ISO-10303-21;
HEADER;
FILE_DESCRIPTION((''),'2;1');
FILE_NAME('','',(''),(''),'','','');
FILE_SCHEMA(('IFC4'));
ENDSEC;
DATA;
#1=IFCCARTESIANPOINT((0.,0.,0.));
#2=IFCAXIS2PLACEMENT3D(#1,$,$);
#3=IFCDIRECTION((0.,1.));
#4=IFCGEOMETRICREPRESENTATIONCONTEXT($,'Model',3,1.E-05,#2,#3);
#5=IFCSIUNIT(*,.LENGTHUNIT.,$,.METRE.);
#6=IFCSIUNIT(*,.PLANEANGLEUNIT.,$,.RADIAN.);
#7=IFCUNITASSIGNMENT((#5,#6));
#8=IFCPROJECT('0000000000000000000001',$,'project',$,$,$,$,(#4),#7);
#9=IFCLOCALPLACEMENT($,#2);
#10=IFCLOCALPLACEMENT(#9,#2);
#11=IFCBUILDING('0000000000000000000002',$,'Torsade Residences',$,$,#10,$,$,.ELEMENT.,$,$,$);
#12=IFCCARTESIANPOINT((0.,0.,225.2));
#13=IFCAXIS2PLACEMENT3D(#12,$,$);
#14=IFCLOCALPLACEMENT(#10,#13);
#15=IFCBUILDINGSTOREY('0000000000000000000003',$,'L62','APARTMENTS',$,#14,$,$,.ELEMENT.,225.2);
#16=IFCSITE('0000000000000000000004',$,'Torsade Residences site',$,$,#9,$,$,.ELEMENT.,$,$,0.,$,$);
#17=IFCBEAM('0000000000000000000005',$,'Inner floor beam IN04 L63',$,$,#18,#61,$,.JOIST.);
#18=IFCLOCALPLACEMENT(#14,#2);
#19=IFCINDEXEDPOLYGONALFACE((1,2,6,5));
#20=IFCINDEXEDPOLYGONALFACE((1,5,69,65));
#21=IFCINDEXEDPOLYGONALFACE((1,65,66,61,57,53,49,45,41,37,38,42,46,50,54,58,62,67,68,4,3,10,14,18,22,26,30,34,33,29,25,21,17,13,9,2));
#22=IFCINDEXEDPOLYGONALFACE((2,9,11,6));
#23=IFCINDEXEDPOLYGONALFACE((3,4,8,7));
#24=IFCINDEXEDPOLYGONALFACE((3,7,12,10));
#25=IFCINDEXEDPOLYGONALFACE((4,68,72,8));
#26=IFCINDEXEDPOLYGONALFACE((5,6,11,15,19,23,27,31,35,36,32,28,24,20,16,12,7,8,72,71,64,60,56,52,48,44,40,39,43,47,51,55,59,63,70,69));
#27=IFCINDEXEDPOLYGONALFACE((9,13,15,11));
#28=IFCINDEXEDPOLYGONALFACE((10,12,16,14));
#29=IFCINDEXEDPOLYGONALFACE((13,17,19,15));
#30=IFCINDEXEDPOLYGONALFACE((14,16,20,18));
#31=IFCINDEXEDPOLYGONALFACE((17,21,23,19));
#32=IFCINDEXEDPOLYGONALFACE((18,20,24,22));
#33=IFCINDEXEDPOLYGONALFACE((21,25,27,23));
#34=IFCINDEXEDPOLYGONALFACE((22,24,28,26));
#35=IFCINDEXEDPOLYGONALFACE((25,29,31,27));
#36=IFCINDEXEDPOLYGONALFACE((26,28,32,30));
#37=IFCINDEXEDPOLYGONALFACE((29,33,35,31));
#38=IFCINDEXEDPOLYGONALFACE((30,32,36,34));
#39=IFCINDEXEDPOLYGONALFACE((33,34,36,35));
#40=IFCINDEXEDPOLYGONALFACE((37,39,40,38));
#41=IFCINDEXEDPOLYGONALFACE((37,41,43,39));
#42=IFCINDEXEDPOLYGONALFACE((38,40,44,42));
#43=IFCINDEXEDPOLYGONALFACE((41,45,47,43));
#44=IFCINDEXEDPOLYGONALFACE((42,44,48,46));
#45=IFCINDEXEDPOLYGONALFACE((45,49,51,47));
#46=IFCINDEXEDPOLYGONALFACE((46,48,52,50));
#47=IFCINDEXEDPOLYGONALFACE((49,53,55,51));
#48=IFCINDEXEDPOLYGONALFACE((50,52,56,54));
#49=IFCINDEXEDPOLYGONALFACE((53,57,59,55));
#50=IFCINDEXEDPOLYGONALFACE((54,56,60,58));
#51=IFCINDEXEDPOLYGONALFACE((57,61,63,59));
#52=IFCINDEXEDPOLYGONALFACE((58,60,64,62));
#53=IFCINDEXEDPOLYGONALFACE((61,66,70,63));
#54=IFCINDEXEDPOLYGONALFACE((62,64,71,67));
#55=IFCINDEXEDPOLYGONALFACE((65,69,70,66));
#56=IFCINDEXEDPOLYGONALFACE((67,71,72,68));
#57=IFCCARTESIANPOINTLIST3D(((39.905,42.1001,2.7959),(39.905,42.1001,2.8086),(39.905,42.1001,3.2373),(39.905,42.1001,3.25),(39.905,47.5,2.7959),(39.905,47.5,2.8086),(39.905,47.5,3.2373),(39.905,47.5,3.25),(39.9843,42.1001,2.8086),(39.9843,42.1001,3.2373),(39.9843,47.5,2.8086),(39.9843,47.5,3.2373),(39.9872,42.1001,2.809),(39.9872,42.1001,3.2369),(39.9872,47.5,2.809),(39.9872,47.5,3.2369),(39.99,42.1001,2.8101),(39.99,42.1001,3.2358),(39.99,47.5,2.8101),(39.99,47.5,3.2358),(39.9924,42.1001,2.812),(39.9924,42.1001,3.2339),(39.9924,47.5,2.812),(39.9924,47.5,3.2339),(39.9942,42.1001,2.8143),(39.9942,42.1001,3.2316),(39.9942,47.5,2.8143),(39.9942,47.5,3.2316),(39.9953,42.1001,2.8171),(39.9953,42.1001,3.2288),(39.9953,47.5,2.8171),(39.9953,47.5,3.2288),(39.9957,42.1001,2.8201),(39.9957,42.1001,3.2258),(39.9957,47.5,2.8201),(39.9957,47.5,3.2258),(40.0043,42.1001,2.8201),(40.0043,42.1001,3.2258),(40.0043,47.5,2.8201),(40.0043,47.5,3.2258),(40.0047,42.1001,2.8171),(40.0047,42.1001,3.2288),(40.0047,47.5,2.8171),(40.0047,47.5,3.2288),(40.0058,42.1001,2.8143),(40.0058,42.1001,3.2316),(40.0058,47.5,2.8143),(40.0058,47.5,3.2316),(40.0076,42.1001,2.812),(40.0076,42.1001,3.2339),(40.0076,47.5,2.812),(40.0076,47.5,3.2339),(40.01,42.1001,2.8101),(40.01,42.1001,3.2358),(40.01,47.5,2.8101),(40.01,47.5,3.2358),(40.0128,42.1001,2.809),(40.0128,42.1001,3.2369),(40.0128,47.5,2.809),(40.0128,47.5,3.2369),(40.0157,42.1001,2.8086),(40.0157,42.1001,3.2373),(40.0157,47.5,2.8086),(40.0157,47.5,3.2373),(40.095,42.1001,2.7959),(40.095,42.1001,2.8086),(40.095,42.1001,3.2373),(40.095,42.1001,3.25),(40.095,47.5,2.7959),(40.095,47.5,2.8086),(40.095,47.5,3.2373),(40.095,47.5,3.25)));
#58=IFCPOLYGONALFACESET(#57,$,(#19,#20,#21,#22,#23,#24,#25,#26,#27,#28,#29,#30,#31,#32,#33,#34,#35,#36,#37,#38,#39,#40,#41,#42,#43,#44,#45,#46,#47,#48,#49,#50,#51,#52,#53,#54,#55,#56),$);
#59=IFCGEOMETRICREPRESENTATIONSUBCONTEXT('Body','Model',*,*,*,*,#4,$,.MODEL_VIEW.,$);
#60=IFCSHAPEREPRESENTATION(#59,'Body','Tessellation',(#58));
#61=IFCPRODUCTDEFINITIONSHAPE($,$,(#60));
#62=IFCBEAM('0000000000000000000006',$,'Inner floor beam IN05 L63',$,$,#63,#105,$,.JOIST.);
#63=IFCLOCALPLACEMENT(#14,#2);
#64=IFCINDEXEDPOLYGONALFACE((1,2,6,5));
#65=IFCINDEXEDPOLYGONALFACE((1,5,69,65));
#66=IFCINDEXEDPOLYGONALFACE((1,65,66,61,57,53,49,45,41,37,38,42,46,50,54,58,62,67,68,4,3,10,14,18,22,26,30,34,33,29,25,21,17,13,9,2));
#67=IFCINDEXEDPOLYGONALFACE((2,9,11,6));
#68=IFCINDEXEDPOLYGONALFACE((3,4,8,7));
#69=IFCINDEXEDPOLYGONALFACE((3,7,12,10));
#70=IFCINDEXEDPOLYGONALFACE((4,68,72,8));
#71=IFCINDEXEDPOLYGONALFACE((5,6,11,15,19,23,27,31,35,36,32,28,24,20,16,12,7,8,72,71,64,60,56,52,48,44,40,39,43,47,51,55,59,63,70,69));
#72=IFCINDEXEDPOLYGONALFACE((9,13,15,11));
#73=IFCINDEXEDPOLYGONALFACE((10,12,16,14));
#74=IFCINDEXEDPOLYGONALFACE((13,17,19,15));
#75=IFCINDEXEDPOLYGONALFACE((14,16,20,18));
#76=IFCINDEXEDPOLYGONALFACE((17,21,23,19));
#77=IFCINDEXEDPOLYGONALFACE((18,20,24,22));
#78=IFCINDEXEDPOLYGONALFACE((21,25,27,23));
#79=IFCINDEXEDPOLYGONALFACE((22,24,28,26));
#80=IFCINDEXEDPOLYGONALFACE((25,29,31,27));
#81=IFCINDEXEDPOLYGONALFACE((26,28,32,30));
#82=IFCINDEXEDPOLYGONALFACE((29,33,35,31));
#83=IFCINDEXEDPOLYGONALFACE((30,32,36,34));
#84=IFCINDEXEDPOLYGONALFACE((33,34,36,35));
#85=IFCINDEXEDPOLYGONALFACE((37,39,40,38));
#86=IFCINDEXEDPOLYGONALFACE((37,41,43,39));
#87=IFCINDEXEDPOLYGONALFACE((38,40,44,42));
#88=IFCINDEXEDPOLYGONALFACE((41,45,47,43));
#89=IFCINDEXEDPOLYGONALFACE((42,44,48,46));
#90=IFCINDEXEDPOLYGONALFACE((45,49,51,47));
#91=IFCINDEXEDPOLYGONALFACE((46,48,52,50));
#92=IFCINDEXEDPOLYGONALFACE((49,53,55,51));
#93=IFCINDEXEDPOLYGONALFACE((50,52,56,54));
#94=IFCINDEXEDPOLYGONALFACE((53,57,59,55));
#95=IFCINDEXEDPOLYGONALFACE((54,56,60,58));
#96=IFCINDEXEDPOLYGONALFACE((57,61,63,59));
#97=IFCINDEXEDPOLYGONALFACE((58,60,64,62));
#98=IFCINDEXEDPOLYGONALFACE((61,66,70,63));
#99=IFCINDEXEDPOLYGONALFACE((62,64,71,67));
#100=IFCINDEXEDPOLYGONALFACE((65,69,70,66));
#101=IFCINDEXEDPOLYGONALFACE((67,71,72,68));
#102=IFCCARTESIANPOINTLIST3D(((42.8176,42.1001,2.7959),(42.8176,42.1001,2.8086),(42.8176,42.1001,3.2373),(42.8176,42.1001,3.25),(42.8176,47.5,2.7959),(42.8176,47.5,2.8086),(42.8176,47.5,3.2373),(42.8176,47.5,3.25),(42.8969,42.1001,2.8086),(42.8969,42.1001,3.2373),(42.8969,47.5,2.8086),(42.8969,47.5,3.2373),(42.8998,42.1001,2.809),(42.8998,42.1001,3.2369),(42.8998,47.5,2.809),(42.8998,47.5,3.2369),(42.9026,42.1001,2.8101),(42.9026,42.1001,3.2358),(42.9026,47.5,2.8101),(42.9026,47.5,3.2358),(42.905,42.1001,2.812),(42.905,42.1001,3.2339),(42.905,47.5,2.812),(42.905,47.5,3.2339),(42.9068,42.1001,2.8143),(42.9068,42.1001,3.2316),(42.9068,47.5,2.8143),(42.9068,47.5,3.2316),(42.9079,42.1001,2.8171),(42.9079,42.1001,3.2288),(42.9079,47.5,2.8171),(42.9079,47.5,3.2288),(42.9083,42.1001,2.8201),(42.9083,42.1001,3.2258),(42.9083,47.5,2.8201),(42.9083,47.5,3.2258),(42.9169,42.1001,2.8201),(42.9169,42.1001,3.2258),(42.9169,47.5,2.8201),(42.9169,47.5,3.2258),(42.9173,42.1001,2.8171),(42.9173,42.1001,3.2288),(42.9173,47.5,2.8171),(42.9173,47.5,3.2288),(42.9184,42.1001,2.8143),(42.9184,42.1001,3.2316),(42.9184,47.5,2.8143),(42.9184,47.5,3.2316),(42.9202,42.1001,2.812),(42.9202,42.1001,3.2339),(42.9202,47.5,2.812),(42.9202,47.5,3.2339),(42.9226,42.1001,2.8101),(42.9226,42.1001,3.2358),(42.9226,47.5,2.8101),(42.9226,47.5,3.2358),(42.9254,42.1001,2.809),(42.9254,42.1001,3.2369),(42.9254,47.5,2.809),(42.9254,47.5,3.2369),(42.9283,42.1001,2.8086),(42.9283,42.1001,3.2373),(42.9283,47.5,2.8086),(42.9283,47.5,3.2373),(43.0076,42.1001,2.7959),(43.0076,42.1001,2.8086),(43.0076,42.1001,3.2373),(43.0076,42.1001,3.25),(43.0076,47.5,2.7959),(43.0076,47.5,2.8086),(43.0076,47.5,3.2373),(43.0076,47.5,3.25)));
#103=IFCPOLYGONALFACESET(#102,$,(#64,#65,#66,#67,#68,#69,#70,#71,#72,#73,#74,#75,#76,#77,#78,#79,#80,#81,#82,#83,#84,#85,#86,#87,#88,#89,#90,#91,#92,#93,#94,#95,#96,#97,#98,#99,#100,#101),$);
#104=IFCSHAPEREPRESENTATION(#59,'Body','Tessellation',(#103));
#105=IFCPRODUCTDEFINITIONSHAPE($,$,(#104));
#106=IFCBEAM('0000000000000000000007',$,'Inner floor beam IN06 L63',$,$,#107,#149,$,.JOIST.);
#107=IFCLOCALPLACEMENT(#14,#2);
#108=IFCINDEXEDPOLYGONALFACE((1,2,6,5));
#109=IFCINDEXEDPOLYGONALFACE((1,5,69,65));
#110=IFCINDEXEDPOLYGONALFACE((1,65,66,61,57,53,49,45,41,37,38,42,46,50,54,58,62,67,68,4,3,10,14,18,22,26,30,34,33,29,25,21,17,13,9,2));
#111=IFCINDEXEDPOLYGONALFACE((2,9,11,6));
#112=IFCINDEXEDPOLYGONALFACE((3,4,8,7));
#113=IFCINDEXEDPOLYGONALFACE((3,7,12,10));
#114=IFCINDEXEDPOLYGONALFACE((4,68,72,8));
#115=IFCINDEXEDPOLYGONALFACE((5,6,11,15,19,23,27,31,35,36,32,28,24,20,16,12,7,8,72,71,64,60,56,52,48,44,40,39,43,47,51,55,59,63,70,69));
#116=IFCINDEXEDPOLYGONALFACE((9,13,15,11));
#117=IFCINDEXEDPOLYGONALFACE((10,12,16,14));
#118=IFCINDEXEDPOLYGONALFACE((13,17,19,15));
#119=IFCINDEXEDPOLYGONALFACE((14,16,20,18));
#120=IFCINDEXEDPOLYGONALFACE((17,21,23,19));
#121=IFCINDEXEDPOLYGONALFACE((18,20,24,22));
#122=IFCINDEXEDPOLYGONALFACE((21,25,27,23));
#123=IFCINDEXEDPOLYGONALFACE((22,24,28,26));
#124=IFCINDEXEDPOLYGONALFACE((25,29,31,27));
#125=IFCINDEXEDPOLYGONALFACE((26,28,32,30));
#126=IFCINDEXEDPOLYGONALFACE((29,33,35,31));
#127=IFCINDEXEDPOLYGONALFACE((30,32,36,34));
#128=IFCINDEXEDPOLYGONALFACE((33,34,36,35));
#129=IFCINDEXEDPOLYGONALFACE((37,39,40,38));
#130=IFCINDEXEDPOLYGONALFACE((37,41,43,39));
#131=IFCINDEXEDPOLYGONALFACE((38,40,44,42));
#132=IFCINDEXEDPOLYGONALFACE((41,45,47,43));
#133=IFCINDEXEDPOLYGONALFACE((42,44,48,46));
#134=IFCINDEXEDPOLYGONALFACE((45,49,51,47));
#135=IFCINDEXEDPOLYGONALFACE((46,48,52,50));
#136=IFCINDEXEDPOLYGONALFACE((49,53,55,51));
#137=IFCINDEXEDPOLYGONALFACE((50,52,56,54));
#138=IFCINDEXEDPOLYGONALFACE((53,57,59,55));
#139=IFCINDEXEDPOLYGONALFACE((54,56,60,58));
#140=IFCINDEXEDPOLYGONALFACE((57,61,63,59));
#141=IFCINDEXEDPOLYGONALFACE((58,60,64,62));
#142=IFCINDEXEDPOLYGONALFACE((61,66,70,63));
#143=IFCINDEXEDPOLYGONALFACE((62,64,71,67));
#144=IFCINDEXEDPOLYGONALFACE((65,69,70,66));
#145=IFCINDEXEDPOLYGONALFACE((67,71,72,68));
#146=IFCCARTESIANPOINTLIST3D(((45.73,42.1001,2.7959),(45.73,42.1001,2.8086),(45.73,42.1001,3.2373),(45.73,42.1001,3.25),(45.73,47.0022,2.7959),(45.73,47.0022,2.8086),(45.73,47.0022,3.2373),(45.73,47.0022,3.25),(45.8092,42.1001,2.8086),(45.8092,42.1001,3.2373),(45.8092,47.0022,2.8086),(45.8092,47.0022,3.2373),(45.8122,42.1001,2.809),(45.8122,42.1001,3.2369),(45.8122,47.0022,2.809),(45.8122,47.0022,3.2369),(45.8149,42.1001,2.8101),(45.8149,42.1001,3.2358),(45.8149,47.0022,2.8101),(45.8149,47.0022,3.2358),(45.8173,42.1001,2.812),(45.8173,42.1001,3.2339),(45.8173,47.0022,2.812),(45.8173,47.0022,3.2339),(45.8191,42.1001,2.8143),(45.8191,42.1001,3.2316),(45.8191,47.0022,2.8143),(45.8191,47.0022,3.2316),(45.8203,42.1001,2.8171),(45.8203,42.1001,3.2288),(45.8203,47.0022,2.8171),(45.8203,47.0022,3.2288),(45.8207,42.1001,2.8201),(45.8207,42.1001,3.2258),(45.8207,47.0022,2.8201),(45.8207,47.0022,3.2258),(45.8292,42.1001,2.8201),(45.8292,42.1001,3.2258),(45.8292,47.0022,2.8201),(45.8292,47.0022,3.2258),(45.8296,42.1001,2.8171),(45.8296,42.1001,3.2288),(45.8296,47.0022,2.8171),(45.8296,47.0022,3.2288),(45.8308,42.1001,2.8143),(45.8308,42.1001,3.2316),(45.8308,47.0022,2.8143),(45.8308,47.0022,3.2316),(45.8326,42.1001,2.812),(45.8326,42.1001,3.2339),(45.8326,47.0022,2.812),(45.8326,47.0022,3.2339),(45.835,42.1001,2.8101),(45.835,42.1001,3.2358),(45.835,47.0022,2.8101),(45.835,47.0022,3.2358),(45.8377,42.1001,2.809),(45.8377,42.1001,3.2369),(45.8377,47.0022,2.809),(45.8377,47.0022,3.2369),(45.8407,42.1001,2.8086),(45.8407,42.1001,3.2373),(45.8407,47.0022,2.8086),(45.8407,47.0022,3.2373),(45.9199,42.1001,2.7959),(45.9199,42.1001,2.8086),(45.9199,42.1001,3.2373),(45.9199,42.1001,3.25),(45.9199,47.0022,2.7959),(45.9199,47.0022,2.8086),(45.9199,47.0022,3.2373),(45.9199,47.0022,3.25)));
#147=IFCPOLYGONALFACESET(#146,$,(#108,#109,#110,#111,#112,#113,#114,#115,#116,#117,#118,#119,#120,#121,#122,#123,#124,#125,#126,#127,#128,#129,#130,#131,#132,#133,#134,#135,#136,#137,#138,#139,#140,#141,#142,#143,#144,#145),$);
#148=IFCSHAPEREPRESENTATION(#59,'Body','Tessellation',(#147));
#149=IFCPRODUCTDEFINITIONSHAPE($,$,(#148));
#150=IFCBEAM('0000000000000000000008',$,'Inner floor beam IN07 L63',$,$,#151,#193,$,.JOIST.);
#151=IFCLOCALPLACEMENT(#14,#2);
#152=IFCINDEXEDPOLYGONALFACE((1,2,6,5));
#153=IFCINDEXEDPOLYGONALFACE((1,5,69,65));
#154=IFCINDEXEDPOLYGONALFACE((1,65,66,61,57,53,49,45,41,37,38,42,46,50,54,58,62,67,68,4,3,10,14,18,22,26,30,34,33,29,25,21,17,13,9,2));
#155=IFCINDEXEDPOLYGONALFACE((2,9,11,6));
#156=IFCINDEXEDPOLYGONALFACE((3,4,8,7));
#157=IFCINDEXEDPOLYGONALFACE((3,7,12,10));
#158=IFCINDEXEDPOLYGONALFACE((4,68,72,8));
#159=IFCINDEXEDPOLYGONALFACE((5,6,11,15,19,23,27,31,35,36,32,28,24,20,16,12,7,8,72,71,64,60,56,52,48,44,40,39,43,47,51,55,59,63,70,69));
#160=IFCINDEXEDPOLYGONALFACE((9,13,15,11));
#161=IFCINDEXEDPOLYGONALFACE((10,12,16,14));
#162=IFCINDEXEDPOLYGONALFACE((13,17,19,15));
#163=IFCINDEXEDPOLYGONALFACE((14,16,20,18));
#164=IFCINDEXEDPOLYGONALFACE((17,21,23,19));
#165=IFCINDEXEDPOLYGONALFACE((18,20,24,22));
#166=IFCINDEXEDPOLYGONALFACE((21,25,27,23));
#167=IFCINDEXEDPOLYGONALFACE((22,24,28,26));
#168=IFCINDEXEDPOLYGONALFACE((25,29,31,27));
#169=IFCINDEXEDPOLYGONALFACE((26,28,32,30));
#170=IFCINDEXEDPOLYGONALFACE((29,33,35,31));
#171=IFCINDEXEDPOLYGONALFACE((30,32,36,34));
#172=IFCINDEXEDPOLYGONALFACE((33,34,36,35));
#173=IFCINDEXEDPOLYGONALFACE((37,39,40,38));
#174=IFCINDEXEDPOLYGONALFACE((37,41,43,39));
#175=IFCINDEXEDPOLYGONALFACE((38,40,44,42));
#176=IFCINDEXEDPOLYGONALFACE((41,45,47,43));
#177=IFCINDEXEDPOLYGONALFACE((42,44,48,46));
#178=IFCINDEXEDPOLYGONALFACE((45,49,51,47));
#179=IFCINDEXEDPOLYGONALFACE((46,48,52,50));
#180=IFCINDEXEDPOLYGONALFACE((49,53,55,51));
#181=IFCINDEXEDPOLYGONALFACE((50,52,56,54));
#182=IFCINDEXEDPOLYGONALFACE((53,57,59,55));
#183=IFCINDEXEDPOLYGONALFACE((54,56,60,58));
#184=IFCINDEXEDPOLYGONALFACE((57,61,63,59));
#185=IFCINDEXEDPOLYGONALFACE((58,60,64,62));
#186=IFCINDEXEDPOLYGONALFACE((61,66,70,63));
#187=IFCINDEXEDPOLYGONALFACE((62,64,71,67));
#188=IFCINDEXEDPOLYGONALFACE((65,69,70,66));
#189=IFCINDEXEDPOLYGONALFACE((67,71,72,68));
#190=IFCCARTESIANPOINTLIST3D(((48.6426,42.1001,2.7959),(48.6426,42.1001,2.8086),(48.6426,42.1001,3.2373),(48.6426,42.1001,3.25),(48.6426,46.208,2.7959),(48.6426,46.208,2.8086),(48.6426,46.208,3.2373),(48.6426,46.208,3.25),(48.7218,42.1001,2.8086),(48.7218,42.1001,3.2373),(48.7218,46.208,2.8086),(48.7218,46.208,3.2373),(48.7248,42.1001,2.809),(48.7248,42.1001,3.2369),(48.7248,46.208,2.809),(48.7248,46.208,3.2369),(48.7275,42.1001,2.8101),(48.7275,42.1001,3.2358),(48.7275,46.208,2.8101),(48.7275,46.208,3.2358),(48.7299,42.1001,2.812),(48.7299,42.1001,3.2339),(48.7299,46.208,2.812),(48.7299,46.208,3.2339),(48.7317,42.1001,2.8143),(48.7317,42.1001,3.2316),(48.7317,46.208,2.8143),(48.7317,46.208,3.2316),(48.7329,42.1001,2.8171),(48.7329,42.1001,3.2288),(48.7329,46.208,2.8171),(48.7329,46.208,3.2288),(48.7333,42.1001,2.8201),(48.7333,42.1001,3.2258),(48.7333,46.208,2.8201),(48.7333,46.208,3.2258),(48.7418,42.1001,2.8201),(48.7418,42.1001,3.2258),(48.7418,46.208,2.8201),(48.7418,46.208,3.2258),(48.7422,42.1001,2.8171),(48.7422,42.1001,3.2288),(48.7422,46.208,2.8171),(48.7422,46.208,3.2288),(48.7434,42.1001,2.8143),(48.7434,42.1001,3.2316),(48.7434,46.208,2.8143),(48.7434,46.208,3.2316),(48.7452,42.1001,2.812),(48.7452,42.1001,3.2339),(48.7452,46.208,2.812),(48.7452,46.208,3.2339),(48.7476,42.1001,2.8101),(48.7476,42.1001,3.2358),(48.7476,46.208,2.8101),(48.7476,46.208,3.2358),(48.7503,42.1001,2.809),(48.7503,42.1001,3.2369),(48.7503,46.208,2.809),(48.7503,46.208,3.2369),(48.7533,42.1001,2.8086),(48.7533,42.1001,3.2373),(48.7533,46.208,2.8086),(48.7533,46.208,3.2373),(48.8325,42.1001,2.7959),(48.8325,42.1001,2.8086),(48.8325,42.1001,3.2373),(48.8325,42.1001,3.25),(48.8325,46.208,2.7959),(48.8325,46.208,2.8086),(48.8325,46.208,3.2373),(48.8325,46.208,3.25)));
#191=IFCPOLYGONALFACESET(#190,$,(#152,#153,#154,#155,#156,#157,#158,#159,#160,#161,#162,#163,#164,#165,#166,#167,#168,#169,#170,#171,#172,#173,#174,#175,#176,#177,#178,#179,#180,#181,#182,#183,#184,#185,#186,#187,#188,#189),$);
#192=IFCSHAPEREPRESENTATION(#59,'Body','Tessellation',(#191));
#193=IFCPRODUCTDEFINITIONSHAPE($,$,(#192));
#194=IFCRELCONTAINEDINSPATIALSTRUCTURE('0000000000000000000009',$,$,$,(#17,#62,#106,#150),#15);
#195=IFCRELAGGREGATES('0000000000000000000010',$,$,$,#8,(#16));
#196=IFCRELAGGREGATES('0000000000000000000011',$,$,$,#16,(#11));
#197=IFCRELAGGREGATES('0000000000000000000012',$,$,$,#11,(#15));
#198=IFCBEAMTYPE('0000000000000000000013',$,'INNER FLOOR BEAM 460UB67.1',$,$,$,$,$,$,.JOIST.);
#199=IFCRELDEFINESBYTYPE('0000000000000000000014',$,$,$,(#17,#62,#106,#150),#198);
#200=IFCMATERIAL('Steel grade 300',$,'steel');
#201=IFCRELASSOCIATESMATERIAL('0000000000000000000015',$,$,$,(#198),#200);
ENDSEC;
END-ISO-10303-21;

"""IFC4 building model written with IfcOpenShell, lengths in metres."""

from ifc_helpers import new_model, si_unit, direction, frame, origin, origin_2d, place, context, subcontext, project, spatial, i_section, extrude, material, material_profile, profile_set, type_object, element, save


model = new_model("IFC4")

# Units and contexts
model_context = context("Model", 3, precision=1e-05, world=origin(), true_north=direction((0.0, 1.0)))
body_context = subcontext(model_context, "Body", "Model", "MODEL_VIEW")
ifc_project = project(units=[si_unit("LENGTHUNIT", "METRE"), si_unit("PLANEANGLEUNIT", "RADIAN")], contexts=[model_context])

# Site, building, storey
site_placement = place(None, origin())
site = spatial("IfcSite", under=ifc_project, at=site_placement, Name="Torsade Residences site", CompositionType="ELEMENT", RefElevation=0.0)
building_placement = place(site_placement, origin())
building = spatial("IfcBuilding", under=site, at=building_placement, Name="Torsade Residences", CompositionType="ELEMENT")
storey_placement = place(building_placement, frame((0.0, 0.0, 225.2)))
storey = spatial("IfcBuildingStorey", under=building, at=storey_placement, Name="L62", Description="APARTMENTS", CompositionType="ELEMENT", Elevation=225.2)

# Beams
ifc_material_1 = material(Name="Steel grade 300", Category="steel")
ifc_material_profile = material_profile(ifc_material_1, i_section(OverallWidth=0.1899, OverallDepth=0.4541, WebThickness=0.0085, FlangeThickness=0.0127, FilletRadius=0.0115, at=origin_2d()), Name="460UB67.1")
ifc_profile_set = profile_set([ifc_material_profile], Name="Steel grade 300")
beam_type = type_object("IfcBeamType", Name="INNER FLOOR BEAM 460UB67.1", PredefinedType="JOIST", material=ifc_profile_set)
for number, where, z_axis, x_axis, name in (
    (1, (40.0, 42.1001, 3.0229), (0.0, 1.0, 0.0), (-1.0, 0.0, 0.0), "Inner floor beam IN04 L63"),
    (2, (42.9126, 42.1001, 3.0229), (0.0, 1.0, 0.0), (-1.0, 0.0, 0.0), "Inner floor beam IN05 L63"),
):
    element("IfcBeam", number, at=place(storey_placement, frame(where, z_axis=z_axis, x_axis=x_axis)), inside=storey, type_object=beam_type, Name=name, PredefinedType="JOIST", context=body_context, shape_type="SweptSolid", body=[
        extrude(i_section(OverallWidth=0.1899, OverallDepth=0.4541, WebThickness=0.0085, FlangeThickness=0.0127, FilletRadius=0.0115, at=origin_2d()), origin(), (0.0, 0.0, 1.0), 5.3999),
    ])
beam_1_placement = place(storey_placement, frame((45.825, 42.1001, 3.0229), z_axis=(0.0, 1.0, 0.0), x_axis=(-1.0, 0.0, 0.0)))
element("IfcBeam", 3, at=beam_1_placement, inside=storey, type_object=beam_type, Name="Inner floor beam IN06 L63", PredefinedType="JOIST", context=body_context, shape_type="SweptSolid", body=[
    extrude(i_section(OverallWidth=0.1899, OverallDepth=0.4541, WebThickness=0.0085, FlangeThickness=0.0127, FilletRadius=0.0115, at=origin_2d()), origin(), (0.0, 0.0, 1.0), 4.9021),
])
beam_2_placement = place(storey_placement, frame((48.7375, 42.1001, 3.0229), z_axis=(0.0, 1.0, 0.0), x_axis=(-1.0, 0.0, 0.0)))
element("IfcBeam", 4, at=beam_2_placement, inside=storey, type_object=beam_type, Name="Inner floor beam IN07 L63", PredefinedType="JOIST", context=body_context, shape_type="SweptSolid", body=[
    extrude(i_section(OverallWidth=0.1899, OverallDepth=0.4541, WebThickness=0.0085, FlangeThickness=0.0127, FilletRadius=0.0115, at=origin_2d()), origin(), (0.0, 0.0, 1.0), 4.1079),
])

save(model, "model.ifc")
